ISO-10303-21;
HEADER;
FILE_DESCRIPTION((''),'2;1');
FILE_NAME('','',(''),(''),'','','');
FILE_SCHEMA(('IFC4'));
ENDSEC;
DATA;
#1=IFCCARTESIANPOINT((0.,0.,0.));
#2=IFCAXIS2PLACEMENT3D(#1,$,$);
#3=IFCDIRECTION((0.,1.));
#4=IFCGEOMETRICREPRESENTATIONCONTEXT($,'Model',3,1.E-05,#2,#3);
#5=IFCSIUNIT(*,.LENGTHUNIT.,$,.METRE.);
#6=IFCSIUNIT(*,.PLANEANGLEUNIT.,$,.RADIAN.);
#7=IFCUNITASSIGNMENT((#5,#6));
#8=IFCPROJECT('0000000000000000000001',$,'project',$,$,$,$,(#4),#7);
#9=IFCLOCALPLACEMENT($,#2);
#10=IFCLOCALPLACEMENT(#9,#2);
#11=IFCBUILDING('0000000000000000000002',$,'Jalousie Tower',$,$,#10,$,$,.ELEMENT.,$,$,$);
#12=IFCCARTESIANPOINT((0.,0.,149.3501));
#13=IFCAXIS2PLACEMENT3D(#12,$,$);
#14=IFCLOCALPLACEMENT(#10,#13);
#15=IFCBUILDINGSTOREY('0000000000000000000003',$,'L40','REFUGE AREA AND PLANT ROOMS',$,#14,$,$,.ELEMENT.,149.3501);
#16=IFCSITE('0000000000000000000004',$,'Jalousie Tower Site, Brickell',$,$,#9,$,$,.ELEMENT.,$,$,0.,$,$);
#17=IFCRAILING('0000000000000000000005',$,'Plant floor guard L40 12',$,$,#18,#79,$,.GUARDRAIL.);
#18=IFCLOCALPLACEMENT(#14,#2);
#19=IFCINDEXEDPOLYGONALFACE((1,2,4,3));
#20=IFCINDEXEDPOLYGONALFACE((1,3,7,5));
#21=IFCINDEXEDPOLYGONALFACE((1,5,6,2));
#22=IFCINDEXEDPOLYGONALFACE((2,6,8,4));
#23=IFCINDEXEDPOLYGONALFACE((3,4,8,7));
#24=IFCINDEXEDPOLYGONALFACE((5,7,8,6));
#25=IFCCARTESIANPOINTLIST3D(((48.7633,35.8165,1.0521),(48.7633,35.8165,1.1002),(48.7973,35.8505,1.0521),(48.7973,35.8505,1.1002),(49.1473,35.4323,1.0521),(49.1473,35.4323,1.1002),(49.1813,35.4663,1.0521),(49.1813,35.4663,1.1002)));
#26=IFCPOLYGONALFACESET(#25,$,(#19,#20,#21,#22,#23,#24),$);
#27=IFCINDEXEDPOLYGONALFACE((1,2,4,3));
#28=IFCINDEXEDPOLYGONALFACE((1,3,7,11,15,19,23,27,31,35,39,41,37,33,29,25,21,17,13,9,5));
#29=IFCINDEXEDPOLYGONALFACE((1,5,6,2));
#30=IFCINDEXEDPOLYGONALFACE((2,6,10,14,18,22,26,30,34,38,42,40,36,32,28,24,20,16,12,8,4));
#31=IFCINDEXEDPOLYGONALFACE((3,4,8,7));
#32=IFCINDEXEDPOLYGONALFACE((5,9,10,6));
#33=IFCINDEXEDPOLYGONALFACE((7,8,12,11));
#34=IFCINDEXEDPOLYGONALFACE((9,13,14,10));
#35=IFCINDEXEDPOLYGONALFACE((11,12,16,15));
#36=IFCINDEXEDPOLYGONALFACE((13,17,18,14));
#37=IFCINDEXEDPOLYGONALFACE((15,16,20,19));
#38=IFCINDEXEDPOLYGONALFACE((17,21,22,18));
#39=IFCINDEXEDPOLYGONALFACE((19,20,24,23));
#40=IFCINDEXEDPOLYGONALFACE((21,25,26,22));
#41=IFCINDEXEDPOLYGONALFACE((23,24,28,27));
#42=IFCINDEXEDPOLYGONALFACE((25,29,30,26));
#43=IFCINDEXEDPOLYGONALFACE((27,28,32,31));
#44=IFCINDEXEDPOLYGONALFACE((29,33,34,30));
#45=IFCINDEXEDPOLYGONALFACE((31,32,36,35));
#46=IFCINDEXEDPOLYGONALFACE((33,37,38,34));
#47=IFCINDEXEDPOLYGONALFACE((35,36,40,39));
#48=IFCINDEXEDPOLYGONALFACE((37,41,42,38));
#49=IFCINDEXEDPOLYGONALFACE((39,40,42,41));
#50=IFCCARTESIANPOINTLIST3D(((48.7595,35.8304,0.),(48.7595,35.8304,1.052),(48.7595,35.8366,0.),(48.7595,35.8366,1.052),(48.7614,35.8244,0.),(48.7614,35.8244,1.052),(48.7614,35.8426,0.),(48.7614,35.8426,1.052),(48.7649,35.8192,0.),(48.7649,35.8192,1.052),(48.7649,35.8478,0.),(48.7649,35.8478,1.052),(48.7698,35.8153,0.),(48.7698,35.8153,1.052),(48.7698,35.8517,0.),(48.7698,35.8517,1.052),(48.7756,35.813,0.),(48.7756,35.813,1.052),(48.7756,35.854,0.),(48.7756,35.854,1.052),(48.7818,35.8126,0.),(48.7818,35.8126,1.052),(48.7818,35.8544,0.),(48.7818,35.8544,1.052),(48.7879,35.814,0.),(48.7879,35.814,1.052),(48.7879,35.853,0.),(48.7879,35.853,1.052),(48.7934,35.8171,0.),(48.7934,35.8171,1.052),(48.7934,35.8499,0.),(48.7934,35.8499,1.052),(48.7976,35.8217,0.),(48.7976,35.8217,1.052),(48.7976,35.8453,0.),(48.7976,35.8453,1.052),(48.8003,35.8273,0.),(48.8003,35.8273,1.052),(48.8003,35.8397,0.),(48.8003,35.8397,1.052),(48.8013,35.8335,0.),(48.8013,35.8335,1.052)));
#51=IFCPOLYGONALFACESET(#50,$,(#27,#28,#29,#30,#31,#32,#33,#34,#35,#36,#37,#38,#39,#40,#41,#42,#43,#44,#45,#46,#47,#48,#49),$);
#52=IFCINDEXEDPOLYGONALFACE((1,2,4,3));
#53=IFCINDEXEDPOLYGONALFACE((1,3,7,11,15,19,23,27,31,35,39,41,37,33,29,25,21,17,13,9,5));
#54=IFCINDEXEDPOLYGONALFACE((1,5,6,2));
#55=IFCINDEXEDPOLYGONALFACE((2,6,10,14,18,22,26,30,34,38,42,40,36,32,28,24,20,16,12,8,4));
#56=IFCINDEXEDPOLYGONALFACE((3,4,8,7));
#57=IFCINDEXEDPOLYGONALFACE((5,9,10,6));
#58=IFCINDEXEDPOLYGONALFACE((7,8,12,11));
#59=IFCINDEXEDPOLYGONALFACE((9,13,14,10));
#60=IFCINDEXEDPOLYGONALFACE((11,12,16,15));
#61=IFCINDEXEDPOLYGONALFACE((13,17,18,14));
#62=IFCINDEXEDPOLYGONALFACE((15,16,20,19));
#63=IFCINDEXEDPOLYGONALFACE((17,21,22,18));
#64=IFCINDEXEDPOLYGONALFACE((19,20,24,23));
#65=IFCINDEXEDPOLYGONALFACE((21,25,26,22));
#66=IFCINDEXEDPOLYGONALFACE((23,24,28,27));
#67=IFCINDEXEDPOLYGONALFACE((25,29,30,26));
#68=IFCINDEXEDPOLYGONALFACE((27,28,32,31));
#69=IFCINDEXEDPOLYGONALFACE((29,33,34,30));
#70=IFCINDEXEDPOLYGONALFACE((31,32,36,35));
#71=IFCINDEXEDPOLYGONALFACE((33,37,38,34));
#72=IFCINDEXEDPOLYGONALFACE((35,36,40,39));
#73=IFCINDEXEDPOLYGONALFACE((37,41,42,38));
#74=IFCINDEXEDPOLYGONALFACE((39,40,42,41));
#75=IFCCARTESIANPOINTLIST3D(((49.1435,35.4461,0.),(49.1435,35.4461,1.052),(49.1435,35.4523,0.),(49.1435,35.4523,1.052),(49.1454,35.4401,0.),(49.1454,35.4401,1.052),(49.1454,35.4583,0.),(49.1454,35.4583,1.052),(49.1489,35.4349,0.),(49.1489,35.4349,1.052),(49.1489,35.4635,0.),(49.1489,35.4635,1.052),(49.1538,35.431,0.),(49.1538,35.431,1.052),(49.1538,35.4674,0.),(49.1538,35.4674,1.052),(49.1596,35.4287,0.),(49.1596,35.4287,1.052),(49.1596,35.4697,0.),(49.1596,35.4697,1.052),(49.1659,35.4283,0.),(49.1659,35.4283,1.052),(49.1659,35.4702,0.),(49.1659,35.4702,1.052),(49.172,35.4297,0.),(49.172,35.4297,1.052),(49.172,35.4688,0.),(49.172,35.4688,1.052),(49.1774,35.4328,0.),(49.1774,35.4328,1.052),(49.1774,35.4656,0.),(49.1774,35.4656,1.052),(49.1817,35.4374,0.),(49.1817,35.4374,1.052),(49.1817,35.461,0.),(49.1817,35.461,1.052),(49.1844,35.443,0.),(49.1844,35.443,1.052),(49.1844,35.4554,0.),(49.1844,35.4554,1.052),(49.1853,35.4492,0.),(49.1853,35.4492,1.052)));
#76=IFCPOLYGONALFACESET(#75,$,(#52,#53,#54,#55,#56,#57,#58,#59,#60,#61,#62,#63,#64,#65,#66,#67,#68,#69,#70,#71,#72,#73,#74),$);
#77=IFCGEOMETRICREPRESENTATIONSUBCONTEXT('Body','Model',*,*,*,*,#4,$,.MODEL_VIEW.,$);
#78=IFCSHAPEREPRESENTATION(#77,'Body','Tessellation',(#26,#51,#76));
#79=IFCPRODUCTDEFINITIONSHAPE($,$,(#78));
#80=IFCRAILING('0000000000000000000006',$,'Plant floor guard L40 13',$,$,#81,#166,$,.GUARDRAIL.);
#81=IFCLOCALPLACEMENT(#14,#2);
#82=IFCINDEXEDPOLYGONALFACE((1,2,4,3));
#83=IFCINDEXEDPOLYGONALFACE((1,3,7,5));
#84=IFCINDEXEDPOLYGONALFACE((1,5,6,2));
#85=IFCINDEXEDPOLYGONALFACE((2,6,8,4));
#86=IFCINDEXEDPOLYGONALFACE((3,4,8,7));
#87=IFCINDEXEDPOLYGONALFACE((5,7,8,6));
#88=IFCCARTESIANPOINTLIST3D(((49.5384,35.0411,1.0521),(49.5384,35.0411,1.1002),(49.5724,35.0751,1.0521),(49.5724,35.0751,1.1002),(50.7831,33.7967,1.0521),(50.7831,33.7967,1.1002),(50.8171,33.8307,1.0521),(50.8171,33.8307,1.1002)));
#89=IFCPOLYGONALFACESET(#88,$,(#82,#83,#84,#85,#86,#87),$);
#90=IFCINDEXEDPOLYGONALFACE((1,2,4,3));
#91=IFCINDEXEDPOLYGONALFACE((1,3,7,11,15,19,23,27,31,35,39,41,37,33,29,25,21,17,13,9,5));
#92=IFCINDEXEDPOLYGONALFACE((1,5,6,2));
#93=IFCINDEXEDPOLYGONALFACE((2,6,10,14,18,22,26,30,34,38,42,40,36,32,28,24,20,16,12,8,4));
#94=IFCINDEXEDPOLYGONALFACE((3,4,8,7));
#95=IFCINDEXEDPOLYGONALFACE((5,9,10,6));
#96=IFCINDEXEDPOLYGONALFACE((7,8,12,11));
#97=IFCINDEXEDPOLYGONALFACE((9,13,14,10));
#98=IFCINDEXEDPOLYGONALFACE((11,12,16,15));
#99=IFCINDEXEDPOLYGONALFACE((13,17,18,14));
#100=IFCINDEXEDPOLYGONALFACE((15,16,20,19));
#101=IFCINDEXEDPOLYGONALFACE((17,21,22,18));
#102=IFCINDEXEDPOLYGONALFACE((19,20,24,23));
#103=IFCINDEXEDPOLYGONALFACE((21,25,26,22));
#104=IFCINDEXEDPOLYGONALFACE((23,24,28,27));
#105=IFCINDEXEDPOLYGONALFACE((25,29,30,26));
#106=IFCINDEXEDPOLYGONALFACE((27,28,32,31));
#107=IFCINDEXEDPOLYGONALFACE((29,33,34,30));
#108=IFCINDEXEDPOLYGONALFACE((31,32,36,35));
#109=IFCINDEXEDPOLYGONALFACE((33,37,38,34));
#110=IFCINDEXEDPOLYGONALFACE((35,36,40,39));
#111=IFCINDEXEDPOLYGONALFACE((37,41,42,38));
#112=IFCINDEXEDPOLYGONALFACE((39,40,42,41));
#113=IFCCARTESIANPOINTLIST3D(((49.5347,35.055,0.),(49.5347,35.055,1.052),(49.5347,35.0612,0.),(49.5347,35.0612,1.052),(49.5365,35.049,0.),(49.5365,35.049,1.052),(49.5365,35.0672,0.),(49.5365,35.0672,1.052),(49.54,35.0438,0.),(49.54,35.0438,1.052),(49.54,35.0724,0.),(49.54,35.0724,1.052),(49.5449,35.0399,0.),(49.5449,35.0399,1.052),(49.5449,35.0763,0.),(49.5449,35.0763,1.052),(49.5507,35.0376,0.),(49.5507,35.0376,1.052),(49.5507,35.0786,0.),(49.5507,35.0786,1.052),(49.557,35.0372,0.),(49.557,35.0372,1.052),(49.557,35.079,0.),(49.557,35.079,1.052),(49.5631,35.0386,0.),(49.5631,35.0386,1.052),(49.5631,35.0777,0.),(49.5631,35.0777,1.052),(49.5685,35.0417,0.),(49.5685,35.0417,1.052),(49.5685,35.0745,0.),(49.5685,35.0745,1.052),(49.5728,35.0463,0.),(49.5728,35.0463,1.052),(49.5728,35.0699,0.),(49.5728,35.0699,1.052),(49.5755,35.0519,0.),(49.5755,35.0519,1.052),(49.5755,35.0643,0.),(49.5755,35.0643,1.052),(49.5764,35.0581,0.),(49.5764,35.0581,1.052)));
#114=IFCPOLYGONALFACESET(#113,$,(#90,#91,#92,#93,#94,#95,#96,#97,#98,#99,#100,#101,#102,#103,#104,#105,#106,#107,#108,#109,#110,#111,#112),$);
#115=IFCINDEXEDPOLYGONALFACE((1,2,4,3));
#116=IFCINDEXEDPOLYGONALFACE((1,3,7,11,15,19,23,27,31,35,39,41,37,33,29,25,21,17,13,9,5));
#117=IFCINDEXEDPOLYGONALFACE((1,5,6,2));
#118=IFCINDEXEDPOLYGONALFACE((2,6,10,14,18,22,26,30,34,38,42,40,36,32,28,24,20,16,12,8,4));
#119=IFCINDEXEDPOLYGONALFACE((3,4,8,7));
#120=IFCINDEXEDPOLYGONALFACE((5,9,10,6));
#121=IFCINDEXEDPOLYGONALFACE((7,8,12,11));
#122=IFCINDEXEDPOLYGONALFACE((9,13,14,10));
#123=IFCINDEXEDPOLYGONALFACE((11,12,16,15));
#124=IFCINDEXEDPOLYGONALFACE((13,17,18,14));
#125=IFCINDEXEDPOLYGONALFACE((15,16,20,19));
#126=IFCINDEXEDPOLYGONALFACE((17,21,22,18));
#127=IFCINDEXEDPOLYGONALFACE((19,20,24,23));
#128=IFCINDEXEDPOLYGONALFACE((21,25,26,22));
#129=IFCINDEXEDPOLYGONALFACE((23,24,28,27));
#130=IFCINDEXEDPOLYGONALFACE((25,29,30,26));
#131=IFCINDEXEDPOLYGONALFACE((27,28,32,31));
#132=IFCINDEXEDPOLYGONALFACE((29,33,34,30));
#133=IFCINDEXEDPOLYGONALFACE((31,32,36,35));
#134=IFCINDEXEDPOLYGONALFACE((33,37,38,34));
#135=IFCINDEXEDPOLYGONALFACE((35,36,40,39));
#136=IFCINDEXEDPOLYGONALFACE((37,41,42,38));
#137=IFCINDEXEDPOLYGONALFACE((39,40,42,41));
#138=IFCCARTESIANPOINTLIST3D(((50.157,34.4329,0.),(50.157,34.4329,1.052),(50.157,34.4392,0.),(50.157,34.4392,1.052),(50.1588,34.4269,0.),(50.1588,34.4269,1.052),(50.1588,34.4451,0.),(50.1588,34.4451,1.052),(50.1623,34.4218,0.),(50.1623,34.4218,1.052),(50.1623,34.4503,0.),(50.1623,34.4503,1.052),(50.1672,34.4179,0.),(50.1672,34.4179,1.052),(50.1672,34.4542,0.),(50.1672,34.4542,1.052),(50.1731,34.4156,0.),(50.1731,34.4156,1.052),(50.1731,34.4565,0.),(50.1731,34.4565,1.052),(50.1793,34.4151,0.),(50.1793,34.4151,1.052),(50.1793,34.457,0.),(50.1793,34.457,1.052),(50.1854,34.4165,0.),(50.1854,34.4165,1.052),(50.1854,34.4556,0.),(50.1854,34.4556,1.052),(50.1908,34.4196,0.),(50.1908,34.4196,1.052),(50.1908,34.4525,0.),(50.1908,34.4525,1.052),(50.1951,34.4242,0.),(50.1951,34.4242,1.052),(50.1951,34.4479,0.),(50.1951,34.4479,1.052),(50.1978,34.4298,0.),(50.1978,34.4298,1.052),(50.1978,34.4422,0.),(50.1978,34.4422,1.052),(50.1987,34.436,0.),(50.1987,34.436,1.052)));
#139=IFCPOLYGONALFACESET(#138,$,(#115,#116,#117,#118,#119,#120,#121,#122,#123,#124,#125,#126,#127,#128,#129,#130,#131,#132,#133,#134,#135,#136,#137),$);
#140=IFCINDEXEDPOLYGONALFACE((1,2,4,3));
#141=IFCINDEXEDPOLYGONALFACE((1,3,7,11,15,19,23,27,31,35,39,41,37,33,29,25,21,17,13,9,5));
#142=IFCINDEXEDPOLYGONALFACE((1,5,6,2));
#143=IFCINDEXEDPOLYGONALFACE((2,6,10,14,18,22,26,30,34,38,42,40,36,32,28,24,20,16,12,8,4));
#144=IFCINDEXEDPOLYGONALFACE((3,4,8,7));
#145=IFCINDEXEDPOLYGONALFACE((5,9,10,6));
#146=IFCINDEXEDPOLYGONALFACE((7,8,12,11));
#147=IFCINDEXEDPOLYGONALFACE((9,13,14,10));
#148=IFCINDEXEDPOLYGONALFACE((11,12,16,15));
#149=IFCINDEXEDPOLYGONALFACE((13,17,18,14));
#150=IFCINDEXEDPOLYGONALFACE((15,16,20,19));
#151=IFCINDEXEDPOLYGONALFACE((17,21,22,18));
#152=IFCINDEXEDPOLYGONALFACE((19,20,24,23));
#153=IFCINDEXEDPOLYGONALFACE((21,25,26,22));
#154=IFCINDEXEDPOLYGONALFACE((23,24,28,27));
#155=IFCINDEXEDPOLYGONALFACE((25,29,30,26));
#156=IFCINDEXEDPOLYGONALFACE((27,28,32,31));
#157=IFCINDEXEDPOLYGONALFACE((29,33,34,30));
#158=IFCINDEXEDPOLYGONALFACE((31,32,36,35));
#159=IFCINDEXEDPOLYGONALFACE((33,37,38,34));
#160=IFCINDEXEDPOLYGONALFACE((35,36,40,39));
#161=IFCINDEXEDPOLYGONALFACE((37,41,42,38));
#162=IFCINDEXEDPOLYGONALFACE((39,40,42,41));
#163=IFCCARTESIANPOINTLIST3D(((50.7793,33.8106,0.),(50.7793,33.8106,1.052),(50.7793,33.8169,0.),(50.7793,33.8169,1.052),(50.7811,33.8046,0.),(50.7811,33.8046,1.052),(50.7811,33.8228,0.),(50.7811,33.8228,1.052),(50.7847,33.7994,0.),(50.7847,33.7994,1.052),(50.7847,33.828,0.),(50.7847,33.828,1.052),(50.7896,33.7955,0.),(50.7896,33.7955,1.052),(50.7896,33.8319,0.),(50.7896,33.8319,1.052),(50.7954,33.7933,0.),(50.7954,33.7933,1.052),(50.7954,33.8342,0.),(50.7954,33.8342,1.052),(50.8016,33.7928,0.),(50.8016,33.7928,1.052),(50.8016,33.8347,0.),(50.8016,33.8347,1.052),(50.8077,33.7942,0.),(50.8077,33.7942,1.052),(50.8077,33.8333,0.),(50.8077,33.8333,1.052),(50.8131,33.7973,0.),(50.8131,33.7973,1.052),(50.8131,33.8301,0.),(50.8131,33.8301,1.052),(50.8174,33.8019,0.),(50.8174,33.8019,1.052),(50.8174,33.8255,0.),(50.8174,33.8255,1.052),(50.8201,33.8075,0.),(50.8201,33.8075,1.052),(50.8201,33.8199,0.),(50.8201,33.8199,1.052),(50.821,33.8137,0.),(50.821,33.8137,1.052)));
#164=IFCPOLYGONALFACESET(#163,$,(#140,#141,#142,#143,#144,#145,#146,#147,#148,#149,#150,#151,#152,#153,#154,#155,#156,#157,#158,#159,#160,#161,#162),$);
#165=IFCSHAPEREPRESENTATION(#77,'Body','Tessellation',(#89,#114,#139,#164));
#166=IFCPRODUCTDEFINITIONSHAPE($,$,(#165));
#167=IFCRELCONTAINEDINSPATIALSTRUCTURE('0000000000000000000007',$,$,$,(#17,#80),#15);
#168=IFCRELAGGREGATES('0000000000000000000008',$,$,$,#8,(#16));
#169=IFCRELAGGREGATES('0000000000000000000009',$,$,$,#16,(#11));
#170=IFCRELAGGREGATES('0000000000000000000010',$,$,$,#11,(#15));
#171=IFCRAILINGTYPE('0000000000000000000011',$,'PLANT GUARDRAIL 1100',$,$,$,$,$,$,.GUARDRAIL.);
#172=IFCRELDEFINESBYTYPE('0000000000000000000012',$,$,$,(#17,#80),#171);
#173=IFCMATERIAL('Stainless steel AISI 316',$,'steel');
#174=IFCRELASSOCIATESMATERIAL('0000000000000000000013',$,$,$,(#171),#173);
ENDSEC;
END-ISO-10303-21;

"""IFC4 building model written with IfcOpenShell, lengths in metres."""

from ifc_helpers import new_model, si_unit, direction, frame, origin, origin_2d, place, context, subcontext, project, spatial, rectangle, circle, extrude, material, type_object, element, save


model = new_model("IFC4")

# Units and contexts
model_context = context("Model", 3, precision=1e-05, world=origin(), true_north=direction((0.0, 1.0)))
body_context = subcontext(model_context, "Body", "Model", "MODEL_VIEW")
ifc_project = project(units=[si_unit("LENGTHUNIT", "METRE"), si_unit("PLANEANGLEUNIT", "RADIAN")], contexts=[model_context])

# Site, building, storey
site_placement = place(None, origin())
site = spatial("IfcSite", under=ifc_project, at=site_placement, Name="Jalousie Tower Site, Brickell", CompositionType="ELEMENT", RefElevation=0.0)
building_placement = place(site_placement, origin())
building = spatial("IfcBuilding", under=site, at=building_placement, Name="Jalousie Tower", CompositionType="ELEMENT")
storey_placement = place(building_placement, frame((0.0, 0.0, 149.3501)))
storey = spatial("IfcBuildingStorey", under=building, at=storey_placement, Name="L40", Description="REFUGE AREA AND PLANT ROOMS", CompositionType="ELEMENT", Elevation=149.3501)

# Railings
ifc_material_1 = material(Name="Stainless steel AISI 316", Category="steel")
railing_type_1 = type_object("IfcRailingType", Name="PLANT GUARDRAIL 1100", PredefinedType="GUARDRAIL", material=ifc_material_1)
railing_1_placement = place(storey_placement, frame((48.7803, 35.8335, 0.0)))
element("IfcRailing", 1, at=railing_1_placement, inside=storey, type_object=railing_type_1, Name="Plant floor guard L40 12", PredefinedType="GUARDRAIL", context=body_context, shape_type="SweptSolid", body=[
    extrude(rectangle(XDim=0.0481, YDim=0.0481, at=origin_2d()), frame((0.0, 0.0, 1.0762), z_axis=(0.706882, -0.707331, 0.0), x_axis=(0.707331, 0.706882, 0.0)), (0.0, 0.0, 1.0), 0.5432),
    extrude(circle(Radius=0.021, at=origin_2d()), origin(), (0.0, 0.0, 1.0), 1.052),
    extrude(circle(Radius=0.021, at=origin_2d()), frame((0.384, -0.3843, 0.0)), (0.0, 0.0, 1.0), 1.052),
])
railing_2_placement = place(storey_placement, frame((49.5554, 35.0581, 0.0)))
element("IfcRailing", 2, at=railing_2_placement, inside=storey, type_object=railing_type_1, Name="Plant floor guard L40 13", PredefinedType="GUARDRAIL", context=body_context, shape_type="SweptSolid", body=[
    extrude(rectangle(XDim=0.0481, YDim=0.0481, at=origin_2d()), frame((0.0, 0.0, 1.0762), z_axis=(0.707176, -0.707037, 0.0), x_axis=(0.707037, 0.707176, 0.0)), (0.0, 0.0, 1.0), 1.76),
    extrude(circle(Radius=0.021, at=origin_2d()), origin(), (0.0, 0.0, 1.0), 1.052),
    extrude(circle(Radius=0.021, at=origin_2d()), frame((0.6223, -0.6221, 0.0)), (0.0, 0.0, 1.0), 1.052),
    extrude(circle(Radius=0.021, at=origin_2d()), frame((1.2446, -1.2444, 0.0)), (0.0, 0.0, 1.0), 1.052),
])

save(model, "model.ifc")
